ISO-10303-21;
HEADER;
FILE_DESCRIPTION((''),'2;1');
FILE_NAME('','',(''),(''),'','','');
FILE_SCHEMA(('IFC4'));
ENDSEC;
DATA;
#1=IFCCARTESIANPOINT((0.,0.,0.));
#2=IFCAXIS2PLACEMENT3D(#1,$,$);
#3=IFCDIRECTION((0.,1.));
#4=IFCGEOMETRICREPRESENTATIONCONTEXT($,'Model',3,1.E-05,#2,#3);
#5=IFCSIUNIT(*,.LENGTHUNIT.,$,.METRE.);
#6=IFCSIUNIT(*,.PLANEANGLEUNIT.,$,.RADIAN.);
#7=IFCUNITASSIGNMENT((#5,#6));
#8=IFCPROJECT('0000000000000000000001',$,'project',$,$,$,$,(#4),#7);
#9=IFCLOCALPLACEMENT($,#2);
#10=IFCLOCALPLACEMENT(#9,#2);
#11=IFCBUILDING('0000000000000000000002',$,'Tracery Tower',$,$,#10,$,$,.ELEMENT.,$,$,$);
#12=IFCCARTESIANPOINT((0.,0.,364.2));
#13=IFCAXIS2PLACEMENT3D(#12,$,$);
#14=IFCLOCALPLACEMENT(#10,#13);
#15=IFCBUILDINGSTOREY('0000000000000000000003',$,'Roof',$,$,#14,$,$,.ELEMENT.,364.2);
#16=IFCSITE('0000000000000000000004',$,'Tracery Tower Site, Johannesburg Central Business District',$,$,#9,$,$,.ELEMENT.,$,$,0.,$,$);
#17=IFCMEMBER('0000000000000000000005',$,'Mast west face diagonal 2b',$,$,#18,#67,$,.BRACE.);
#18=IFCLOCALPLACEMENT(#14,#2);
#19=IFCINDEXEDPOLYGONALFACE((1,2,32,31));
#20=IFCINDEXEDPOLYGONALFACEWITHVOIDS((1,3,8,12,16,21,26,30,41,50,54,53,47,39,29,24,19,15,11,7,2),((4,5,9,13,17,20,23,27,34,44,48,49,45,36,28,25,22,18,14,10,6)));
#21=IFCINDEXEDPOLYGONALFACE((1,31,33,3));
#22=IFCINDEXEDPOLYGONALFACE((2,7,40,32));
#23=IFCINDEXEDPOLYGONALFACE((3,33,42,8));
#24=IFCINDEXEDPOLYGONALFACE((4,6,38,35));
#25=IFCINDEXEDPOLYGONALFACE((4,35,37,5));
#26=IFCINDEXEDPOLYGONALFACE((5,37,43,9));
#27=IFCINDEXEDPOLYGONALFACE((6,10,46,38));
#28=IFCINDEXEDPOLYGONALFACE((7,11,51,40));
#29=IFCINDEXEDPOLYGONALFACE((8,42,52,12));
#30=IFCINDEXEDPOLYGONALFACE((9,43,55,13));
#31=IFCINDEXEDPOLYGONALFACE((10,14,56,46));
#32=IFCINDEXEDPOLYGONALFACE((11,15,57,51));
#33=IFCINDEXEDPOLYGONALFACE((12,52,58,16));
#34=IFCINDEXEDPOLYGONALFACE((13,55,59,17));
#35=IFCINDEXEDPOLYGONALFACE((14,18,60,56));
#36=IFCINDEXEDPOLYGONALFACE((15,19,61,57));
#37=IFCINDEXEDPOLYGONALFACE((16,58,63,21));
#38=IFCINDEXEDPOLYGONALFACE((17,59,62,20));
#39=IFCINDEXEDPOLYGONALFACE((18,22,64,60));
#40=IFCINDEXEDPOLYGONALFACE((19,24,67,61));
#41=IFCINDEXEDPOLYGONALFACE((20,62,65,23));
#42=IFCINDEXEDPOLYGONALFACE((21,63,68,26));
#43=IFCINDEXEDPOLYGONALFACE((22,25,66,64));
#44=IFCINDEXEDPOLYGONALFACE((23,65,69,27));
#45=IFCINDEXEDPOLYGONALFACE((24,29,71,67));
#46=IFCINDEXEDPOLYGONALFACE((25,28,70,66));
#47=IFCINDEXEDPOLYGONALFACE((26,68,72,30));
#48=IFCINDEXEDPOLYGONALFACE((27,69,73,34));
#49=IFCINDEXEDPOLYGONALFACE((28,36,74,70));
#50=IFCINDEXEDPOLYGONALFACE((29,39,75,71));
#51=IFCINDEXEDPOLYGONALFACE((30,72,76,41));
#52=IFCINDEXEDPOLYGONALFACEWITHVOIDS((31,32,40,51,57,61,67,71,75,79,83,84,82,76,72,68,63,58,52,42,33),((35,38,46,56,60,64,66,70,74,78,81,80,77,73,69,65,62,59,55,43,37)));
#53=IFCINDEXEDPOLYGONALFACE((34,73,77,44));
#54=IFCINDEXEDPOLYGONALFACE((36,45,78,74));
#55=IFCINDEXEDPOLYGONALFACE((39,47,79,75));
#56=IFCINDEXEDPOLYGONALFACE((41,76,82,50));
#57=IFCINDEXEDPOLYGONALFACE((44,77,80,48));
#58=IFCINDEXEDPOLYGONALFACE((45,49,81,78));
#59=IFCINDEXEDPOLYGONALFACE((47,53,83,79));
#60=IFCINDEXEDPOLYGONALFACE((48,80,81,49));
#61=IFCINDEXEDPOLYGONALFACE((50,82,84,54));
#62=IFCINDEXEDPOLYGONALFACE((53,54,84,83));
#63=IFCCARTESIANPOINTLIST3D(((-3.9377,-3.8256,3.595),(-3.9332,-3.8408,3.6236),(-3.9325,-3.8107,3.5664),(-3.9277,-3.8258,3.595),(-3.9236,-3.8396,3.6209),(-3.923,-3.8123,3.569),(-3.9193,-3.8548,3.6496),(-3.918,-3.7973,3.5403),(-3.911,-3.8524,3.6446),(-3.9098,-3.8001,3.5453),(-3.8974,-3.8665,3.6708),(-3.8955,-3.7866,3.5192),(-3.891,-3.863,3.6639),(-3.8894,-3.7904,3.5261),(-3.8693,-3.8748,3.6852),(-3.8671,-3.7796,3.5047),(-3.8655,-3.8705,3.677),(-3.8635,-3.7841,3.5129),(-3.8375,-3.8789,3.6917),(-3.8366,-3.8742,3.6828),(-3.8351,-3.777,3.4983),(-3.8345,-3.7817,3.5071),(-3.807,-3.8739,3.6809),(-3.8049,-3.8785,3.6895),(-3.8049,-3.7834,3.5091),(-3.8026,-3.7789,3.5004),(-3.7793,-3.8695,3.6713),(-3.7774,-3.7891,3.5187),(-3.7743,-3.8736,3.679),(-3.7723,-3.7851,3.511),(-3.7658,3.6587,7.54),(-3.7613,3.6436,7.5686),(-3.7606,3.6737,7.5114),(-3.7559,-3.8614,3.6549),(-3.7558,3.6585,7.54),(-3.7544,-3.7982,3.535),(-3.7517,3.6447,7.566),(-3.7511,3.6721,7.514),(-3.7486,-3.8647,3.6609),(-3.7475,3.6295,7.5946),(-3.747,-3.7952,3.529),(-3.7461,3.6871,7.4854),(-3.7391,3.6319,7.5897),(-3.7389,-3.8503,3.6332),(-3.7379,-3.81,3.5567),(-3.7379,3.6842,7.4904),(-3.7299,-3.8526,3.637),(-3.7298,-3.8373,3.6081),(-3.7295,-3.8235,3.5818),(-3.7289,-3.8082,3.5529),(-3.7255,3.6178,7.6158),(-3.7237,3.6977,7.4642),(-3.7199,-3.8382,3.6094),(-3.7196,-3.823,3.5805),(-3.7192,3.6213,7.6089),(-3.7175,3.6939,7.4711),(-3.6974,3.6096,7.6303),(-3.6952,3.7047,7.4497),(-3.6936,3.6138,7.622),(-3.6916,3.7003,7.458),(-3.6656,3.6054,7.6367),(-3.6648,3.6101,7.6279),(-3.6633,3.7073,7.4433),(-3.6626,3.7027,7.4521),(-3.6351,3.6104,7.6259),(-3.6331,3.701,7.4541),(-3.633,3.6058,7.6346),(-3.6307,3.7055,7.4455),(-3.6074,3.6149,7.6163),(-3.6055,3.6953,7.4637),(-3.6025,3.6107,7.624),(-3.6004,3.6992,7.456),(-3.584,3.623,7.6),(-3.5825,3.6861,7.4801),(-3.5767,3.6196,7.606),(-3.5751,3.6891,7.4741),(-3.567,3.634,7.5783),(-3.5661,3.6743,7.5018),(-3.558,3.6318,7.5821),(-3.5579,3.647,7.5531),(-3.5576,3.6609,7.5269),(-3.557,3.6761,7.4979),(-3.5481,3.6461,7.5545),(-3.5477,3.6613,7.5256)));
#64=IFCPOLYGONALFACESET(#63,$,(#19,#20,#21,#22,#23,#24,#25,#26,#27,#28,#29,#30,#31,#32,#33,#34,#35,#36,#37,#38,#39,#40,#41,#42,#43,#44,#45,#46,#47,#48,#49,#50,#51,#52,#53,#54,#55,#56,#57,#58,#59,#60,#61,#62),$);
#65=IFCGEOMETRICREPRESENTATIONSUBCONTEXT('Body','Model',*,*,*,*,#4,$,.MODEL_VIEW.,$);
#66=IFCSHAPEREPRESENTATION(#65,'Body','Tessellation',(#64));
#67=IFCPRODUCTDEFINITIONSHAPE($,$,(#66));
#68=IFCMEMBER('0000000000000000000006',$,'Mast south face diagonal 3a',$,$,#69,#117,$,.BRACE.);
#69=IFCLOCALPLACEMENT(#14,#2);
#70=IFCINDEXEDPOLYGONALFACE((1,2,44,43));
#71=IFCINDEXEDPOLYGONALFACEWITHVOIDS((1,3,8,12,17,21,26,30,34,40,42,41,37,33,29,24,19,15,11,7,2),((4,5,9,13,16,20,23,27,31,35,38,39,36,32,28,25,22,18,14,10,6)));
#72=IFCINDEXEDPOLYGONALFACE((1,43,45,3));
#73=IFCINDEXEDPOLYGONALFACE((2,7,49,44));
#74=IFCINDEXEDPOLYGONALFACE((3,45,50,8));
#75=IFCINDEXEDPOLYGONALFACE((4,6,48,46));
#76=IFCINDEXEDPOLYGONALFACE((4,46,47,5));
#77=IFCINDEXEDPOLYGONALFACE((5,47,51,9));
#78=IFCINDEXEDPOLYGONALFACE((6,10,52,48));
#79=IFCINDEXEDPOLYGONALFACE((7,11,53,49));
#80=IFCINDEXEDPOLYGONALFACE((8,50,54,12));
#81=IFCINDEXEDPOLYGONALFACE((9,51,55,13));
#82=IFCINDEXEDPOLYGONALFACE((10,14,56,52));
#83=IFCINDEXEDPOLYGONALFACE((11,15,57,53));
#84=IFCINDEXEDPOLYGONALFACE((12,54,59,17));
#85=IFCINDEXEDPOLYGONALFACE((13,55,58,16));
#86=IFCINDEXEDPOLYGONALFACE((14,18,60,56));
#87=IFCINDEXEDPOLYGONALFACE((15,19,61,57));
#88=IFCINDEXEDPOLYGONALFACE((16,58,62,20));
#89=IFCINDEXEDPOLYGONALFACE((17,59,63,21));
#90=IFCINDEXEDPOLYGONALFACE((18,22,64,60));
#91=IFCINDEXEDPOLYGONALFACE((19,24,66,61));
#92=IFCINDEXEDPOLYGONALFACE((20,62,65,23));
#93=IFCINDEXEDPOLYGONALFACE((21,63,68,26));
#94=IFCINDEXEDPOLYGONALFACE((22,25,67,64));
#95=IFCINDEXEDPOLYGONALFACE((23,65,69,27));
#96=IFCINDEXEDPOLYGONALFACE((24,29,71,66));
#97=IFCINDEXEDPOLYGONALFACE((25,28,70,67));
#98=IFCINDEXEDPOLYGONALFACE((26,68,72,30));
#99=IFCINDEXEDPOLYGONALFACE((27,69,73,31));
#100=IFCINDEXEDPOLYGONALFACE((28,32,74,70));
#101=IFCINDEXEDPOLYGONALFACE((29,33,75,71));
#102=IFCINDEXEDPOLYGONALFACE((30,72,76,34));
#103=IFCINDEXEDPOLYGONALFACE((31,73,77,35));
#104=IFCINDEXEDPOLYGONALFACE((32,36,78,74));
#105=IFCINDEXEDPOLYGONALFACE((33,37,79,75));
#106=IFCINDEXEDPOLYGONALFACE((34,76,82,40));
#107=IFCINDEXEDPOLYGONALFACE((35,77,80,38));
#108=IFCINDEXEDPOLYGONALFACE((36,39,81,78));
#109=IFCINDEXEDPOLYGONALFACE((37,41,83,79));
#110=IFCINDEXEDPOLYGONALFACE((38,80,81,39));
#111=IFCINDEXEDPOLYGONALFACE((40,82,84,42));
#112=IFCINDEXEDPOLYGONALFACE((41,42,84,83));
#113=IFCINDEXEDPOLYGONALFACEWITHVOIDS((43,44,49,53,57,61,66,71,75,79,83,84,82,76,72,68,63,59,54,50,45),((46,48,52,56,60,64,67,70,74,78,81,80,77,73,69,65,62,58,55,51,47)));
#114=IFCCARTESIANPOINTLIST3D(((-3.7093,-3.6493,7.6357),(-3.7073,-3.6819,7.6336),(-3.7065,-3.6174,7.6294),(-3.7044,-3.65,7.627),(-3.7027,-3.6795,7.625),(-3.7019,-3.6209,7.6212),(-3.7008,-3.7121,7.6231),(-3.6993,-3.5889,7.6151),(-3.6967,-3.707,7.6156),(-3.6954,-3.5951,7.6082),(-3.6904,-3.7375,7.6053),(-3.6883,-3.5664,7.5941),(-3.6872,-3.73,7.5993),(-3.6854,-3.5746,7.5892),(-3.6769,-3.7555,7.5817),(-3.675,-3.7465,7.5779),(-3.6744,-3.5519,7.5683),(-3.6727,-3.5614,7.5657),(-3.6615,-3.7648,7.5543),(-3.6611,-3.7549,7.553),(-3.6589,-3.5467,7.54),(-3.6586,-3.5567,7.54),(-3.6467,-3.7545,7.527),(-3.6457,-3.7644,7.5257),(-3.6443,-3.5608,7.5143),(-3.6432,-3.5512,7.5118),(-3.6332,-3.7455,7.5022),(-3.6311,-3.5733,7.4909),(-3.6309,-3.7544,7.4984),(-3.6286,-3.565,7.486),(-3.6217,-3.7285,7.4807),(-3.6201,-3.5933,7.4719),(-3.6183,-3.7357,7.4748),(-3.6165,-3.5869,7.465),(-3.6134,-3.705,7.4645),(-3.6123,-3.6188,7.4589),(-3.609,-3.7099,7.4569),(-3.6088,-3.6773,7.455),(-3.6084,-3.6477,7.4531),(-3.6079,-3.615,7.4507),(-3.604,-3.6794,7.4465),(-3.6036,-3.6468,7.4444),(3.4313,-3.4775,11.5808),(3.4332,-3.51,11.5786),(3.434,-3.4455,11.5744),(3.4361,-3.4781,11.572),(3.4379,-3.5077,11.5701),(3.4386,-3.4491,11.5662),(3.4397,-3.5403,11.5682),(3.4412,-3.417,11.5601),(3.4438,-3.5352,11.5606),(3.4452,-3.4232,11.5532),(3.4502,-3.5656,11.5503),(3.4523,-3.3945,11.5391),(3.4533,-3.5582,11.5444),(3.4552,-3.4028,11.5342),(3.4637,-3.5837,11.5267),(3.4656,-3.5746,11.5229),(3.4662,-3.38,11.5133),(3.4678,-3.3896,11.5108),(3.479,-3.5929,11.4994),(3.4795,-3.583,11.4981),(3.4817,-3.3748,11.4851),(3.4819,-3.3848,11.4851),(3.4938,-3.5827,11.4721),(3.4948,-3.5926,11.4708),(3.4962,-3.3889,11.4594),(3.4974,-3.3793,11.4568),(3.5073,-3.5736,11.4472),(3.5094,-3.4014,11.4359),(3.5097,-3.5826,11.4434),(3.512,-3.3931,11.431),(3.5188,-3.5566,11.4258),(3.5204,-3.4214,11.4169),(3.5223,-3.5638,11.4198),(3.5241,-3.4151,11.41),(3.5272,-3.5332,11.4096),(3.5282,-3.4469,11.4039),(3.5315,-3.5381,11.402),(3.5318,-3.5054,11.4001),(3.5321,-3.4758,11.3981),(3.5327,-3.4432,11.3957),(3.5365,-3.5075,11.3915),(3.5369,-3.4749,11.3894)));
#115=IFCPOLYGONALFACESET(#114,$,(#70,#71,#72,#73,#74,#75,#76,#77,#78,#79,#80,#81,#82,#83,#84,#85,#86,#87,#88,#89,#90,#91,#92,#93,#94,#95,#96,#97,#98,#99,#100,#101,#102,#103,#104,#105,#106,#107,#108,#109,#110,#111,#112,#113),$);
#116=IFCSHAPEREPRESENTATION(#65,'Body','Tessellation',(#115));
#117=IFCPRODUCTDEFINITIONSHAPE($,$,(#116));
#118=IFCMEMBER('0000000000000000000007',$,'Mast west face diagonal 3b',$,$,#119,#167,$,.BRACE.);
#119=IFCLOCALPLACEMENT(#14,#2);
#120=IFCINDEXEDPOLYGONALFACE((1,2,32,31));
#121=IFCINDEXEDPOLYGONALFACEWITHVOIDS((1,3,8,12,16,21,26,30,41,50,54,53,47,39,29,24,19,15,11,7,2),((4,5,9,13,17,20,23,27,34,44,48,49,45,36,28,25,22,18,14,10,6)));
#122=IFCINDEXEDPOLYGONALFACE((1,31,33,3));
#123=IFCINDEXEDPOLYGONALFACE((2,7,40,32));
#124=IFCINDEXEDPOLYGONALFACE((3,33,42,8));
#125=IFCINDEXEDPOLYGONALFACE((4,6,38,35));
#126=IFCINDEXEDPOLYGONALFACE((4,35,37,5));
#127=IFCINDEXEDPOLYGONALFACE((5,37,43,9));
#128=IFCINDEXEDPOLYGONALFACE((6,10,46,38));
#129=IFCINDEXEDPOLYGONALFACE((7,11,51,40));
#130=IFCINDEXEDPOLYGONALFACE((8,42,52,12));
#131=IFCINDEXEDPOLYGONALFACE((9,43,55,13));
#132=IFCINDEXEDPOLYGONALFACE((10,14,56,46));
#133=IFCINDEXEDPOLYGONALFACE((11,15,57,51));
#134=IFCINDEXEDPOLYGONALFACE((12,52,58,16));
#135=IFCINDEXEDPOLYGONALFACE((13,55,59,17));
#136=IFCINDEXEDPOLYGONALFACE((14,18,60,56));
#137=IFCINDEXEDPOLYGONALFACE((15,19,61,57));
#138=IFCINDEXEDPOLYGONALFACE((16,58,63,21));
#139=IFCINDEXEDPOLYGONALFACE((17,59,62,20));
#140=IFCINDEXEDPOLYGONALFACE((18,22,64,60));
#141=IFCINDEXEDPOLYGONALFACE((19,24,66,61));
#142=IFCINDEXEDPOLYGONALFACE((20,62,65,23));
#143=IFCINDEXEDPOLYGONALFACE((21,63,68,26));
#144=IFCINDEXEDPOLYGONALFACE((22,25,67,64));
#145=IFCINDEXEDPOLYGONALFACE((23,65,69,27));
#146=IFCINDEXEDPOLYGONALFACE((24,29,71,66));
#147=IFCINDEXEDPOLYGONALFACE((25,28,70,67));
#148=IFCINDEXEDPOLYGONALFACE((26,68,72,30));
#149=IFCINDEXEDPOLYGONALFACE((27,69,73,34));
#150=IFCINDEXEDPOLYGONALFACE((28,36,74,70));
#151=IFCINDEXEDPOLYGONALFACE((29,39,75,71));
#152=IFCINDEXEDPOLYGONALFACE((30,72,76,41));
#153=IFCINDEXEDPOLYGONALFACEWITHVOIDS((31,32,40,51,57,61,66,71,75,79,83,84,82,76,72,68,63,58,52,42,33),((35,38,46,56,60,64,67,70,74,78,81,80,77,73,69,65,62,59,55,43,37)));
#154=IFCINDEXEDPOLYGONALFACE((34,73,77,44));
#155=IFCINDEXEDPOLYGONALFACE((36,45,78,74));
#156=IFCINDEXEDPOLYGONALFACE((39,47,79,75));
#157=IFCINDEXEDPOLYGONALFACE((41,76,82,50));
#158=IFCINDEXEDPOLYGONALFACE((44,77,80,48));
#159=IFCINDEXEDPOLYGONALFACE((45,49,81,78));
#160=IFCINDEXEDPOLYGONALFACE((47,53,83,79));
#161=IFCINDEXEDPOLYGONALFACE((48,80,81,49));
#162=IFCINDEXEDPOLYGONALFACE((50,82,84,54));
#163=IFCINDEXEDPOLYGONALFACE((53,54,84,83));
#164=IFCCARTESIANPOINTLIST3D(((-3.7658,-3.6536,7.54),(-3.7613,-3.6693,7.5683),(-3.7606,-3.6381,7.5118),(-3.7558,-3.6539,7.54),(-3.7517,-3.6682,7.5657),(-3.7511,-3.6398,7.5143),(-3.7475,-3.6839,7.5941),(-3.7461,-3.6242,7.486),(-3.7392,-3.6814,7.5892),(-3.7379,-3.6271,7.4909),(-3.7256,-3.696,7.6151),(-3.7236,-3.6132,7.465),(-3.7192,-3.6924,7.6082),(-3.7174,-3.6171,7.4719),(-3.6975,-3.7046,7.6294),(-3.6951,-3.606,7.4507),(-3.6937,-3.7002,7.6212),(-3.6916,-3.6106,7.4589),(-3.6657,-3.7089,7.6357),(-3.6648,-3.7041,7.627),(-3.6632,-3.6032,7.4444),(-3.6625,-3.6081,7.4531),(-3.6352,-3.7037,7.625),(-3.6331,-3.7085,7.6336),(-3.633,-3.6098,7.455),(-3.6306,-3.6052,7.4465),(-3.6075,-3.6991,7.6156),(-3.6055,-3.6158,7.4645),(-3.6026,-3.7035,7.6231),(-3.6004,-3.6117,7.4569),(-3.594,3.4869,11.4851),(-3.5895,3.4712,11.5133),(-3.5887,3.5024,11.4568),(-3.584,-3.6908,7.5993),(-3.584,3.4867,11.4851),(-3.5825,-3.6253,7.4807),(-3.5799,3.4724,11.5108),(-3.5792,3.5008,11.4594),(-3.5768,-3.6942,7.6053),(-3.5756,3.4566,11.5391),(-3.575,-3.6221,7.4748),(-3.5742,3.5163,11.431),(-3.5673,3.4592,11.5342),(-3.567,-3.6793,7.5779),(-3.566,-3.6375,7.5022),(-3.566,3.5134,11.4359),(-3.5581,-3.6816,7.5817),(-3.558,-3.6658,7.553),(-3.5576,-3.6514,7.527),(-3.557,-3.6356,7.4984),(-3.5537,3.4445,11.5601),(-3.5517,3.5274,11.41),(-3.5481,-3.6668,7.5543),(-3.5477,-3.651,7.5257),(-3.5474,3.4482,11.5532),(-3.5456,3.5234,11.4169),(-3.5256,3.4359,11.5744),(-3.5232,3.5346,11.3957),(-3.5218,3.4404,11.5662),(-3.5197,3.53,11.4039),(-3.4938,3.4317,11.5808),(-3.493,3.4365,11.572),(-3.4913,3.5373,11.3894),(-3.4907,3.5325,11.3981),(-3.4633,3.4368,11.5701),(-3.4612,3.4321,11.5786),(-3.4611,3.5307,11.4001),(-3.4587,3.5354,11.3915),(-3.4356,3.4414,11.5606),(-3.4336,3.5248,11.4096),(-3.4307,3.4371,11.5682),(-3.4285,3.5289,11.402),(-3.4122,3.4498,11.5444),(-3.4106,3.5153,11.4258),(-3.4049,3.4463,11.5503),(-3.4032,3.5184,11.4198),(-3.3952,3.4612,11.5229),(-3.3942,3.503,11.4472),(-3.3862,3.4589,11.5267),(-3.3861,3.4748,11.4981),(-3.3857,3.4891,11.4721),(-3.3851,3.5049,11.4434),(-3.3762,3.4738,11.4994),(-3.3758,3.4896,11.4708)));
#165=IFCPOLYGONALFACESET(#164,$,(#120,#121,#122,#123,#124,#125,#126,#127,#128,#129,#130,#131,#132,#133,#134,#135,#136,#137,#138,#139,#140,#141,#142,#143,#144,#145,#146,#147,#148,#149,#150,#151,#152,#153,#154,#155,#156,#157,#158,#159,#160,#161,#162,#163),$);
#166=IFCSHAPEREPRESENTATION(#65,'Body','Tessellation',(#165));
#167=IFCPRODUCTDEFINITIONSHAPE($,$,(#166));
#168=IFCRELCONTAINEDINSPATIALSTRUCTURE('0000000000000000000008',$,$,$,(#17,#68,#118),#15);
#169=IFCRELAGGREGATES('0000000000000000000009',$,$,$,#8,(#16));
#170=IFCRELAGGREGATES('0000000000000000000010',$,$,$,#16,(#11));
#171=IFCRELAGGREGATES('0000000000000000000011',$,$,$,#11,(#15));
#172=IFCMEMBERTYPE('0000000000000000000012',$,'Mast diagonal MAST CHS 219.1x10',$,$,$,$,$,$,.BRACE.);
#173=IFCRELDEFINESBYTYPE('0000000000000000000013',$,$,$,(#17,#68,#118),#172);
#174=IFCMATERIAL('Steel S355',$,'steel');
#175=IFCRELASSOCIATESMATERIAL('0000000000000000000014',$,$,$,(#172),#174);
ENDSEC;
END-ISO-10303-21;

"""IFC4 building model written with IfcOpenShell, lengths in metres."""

from ifc_helpers import new_model, si_unit, direction, frame, origin, origin_2d, place, context, subcontext, project, spatial, hollow_circle, extrude, material, material_profile, profile_set, type_object, element, save


model = new_model("IFC4")

# Units and contexts
model_context = context("Model", 3, precision=1e-05, world=origin(), true_north=direction((0.0, 1.0)))
body_context = subcontext(model_context, "Body", "Model", "MODEL_VIEW")
ifc_project = project(units=[si_unit("LENGTHUNIT", "METRE"), si_unit("PLANEANGLEUNIT", "RADIAN")], contexts=[model_context])

# Site, building, storey
site_placement = place(None, origin())
site = spatial("IfcSite", under=ifc_project, at=site_placement, Name="Tracery Tower Site, Johannesburg Central Business District", CompositionType="ELEMENT", RefElevation=0.0)
building_placement = place(site_placement, origin())
building = spatial("IfcBuilding", under=site, at=building_placement, Name="Tracery Tower", CompositionType="ELEMENT")
storey_placement = place(building_placement, frame((0.0, 0.0, 364.2)))
storey = spatial("IfcBuildingStorey", under=building, at=storey_placement, Name="Roof", CompositionType="ELEMENT", Elevation=364.2)

# Members
ifc_material_1 = material(Name="Steel S355", Category="steel")
ifc_material_profile_1 = material_profile(ifc_material_1, hollow_circle(Radius=0.1096, WallThickness=0.01, at=origin_2d()), Name="CHS 219.1x10")
ifc_profile_set_1 = profile_set([ifc_material_profile_1], Name="Steel S355")
member_type_1 = type_object("IfcMemberType", Name="Mast diagonal MAST CHS 219.1x10", PredefinedType="BRACE", material=ifc_profile_set_1)
for number, where, z_axis, x_axis, name in (
    (1, (-3.8281, -3.8281, 3.595), (0.020311, 0.884447, 0.466198), (-0.999736, 0.022958, 0.0), "Mast west face diagonal 2b"),
):
    element("IfcMember", number, at=place(storey_placement, frame(where, z_axis=z_axis, x_axis=x_axis)), inside=storey, type_object=member_type_1, Name=name, PredefinedType="BRACE", context=body_context, shape_type="SweptSolid", body=[
        extrude(hollow_circle(Radius=0.1096, WallThickness=0.01, at=origin_2d()), origin(), (0.0, 0.0, 1.0), 8.4622),
    ])
for number, where, z_axis, x_axis, name in (
    (2, (-3.6562, -3.6562, 7.54), (0.875103, 0.021064, 0.483479), (-0.024063, 0.99971, 0.0), "Mast south face diagonal 3a"),
    (3, (-3.6562, -3.6562, 7.54), (0.021064, 0.875103, 0.483479), (-0.99971, 0.024063, 0.0), "Mast west face diagonal 3b"),
):
    element("IfcMember", number, at=place(storey_placement, frame(where, z_axis=z_axis, x_axis=x_axis)), inside=storey, type_object=member_type_1, Name=name, PredefinedType="BRACE", context=body_context, shape_type="SweptSolid", body=[
        extrude(hollow_circle(Radius=0.1096, WallThickness=0.01, at=origin_2d()), origin(), (0.0, 0.0, 1.0), 8.1597),
    ])

save(model, "model.ifc")
